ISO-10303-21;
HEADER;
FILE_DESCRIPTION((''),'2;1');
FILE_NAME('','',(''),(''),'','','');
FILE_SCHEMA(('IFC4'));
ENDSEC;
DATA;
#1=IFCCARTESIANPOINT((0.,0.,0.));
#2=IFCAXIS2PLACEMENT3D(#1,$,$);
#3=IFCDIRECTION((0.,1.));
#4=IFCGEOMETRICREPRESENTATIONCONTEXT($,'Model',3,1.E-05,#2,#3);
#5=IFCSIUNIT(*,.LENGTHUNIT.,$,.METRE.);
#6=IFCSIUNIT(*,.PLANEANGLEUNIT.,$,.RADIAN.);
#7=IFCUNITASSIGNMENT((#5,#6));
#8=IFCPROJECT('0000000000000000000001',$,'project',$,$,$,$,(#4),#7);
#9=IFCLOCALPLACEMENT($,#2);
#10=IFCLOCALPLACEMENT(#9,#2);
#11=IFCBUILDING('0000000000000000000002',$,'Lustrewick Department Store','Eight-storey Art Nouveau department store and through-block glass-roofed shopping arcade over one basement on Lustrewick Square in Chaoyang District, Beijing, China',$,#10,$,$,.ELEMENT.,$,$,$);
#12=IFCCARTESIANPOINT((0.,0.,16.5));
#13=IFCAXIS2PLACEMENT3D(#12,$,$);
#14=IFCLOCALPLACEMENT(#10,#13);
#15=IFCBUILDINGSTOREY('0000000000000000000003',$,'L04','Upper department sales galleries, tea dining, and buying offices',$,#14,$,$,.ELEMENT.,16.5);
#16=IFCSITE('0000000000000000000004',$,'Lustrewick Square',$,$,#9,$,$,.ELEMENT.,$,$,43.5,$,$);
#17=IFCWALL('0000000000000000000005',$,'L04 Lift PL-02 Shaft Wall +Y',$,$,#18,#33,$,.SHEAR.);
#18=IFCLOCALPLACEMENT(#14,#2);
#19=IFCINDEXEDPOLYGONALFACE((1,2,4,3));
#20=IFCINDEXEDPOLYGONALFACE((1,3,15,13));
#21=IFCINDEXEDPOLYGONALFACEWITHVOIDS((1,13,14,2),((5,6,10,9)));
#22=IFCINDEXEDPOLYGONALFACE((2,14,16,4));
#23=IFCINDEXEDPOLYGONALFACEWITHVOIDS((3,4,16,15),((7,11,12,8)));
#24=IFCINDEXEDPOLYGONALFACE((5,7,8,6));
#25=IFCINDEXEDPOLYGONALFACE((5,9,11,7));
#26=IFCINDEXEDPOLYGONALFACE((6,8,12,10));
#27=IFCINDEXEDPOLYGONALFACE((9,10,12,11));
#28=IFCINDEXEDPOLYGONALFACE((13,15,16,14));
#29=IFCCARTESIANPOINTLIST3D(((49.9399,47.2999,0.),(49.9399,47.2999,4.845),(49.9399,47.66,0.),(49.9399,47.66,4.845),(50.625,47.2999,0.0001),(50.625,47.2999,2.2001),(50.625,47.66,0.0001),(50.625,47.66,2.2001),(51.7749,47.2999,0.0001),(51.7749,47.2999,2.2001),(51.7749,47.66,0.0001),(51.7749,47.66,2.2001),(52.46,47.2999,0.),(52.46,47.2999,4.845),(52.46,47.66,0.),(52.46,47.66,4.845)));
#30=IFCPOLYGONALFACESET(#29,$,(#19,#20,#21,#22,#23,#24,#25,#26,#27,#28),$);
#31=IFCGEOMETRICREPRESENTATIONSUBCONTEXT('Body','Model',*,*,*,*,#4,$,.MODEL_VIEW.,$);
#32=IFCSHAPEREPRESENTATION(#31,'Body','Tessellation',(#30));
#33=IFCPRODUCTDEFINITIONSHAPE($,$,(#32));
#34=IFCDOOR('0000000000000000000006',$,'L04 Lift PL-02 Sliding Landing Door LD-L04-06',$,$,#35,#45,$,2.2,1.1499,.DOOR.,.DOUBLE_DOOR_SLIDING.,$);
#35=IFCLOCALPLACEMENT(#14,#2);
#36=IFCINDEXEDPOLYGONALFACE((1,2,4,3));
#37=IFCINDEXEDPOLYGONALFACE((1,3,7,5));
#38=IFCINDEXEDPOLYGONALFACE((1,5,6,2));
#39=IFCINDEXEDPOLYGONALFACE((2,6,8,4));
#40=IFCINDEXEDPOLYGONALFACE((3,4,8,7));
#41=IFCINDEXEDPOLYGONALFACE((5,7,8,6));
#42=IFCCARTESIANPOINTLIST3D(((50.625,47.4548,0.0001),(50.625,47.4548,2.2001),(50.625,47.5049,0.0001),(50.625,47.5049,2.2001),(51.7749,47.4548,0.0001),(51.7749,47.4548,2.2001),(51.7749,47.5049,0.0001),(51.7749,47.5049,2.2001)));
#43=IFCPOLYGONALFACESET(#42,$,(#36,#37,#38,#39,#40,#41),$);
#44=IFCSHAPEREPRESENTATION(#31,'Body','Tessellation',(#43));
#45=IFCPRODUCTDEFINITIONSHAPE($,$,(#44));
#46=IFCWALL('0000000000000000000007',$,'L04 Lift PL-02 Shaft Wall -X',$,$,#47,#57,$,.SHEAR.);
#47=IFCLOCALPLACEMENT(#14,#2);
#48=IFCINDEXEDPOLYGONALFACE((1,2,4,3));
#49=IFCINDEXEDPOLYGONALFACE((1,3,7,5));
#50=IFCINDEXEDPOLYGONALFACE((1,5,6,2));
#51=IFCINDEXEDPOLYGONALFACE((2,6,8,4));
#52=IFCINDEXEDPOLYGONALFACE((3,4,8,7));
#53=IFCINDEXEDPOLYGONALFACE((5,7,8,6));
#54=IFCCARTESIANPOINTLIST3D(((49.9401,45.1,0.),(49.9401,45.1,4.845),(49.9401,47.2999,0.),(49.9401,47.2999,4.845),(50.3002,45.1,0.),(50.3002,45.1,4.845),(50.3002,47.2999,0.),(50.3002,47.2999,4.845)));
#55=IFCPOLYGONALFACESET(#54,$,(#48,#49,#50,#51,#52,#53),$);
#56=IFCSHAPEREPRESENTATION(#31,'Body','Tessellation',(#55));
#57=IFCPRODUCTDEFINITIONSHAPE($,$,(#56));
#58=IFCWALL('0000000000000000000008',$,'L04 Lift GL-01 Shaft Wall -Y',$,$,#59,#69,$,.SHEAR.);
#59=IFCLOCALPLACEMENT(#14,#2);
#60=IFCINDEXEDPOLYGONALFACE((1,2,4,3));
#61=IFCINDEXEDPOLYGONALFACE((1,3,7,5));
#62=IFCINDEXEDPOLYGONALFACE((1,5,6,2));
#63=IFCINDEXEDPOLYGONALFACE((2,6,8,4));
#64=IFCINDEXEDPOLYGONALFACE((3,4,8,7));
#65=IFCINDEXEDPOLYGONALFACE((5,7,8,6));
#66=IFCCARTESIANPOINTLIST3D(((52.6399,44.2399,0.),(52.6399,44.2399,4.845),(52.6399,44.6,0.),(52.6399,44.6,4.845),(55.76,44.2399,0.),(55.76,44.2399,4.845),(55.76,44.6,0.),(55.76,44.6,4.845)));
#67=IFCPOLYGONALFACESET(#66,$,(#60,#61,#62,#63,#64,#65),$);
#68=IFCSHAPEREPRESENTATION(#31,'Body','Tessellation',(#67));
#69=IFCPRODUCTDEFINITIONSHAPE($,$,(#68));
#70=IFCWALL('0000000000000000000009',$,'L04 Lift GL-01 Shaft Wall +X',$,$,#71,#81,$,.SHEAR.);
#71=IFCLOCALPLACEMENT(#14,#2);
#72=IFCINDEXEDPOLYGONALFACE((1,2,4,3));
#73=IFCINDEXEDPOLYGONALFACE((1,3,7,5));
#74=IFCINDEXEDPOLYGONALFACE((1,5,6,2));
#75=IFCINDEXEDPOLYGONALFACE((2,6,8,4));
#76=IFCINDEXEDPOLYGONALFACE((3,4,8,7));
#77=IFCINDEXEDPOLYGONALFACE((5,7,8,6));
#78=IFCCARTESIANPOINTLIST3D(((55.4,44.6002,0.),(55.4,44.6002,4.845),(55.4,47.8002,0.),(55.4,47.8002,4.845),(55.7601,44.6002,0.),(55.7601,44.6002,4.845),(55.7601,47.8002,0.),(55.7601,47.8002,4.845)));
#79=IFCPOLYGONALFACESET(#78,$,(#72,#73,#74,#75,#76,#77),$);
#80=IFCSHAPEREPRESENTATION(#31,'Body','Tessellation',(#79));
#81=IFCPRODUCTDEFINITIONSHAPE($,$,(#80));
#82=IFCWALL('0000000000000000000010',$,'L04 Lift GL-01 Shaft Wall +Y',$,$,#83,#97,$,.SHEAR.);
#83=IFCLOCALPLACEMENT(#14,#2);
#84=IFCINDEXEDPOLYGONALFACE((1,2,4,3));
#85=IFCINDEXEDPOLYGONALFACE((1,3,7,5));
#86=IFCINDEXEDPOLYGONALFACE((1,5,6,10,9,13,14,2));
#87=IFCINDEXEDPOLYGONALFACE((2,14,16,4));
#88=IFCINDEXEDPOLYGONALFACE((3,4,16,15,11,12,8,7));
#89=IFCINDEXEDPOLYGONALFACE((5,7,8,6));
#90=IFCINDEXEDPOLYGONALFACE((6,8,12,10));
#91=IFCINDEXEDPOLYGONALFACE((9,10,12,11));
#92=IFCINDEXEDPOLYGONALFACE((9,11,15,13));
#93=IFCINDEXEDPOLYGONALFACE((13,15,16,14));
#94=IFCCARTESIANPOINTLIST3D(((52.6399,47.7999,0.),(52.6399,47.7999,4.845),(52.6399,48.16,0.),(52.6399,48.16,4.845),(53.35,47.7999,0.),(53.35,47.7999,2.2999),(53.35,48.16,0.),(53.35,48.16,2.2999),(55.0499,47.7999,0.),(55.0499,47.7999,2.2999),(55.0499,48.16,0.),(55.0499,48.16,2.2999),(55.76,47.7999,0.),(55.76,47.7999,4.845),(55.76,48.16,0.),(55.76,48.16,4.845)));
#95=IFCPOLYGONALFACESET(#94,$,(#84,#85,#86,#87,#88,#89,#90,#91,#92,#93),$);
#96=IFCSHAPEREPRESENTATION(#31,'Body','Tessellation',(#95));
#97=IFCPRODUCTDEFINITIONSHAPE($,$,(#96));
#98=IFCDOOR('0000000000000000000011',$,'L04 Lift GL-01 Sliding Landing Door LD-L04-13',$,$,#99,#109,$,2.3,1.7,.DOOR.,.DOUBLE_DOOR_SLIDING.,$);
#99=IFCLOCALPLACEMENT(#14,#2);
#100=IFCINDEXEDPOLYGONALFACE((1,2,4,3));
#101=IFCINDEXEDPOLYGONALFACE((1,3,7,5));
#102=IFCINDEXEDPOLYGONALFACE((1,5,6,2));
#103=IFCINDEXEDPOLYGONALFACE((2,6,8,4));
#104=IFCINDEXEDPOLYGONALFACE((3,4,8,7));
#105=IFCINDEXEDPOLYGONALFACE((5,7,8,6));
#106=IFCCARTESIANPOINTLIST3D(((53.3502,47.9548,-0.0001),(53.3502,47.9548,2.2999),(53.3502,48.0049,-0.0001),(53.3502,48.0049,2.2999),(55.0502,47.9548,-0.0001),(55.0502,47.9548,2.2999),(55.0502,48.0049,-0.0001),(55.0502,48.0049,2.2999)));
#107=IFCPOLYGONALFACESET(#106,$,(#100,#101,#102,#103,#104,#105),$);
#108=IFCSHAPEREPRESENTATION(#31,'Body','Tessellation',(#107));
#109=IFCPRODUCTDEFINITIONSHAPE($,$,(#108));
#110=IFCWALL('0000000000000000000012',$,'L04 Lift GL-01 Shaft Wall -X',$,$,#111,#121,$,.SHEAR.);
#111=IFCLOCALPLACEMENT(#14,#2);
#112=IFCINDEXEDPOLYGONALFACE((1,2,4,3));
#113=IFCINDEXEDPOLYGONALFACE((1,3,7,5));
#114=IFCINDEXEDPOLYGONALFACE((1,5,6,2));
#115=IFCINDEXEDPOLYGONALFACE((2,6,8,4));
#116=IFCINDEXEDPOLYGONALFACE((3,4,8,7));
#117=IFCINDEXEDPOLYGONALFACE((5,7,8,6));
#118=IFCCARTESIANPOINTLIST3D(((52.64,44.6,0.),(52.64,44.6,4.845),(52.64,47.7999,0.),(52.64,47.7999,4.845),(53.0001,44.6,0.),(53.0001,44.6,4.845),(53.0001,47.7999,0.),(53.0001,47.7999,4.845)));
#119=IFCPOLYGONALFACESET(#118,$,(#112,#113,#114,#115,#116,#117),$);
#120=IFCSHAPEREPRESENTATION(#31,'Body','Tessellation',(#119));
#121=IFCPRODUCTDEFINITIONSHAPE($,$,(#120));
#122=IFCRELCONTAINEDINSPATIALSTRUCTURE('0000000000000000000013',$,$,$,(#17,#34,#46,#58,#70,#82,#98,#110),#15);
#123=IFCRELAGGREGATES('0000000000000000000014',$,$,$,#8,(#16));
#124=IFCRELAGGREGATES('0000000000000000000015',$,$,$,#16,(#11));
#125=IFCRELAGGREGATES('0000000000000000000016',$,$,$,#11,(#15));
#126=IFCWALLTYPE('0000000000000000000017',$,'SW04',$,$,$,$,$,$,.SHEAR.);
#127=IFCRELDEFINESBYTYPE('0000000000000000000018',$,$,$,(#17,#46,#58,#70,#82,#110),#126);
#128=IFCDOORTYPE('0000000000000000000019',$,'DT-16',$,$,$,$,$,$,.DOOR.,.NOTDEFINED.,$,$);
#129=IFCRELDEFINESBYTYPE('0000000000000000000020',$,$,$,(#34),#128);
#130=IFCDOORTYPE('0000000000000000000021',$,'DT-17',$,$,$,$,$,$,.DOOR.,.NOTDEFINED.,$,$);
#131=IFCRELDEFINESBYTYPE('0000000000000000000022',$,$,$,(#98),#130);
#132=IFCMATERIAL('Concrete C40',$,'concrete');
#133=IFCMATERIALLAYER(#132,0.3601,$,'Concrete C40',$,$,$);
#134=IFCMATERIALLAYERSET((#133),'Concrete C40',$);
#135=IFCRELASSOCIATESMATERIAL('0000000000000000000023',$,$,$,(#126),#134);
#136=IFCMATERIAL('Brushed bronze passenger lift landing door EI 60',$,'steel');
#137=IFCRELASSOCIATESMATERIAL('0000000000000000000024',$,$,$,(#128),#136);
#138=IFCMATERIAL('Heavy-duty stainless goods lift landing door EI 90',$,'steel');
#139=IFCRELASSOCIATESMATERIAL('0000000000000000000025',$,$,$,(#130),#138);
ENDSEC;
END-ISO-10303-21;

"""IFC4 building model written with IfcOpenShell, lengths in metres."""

from ifc_helpers import new_model, si_unit, direction, frame, frame_2d, origin, place, context, subcontext, project, spatial, rectangle, extrude, material, layer, layer_set, type_object, element, fill, save


model = new_model("IFC4")

# Units and contexts
model_context = context("Model", 3, precision=1e-05, world=origin(), true_north=direction((0.0, 1.0)))
body_context = subcontext(model_context, "Body", "Model", "MODEL_VIEW")
ifc_project = project(units=[si_unit("LENGTHUNIT", "METRE"), si_unit("PLANEANGLEUNIT", "RADIAN")], contexts=[model_context])

# Site, building, storey
site_placement = place(None, origin())
site = spatial("IfcSite", under=ifc_project, at=site_placement, Name="Lustrewick Square", CompositionType="ELEMENT", RefElevation=43.5)
building_placement = place(site_placement, origin())
building = spatial("IfcBuilding", under=site, at=building_placement, Name="Lustrewick Department Store", Description="Eight-storey Art Nouveau department store and through-block glass-roofed shopping arcade over one basement on Lustrewick Square in Chaoyang District, Beijing, China", CompositionType="ELEMENT")
storey_placement = place(building_placement, frame((0.0, 0.0, 16.5)))
storey = spatial("IfcBuildingStorey", under=building, at=storey_placement, Name="L04", Description="Upper department sales galleries, tea dining, and buying offices", CompositionType="ELEMENT", Elevation=16.5)

# Shared definitions
ifc_material_1 = material(Name="Concrete C40", Category="concrete")
ifc_layer_1 = layer(ifc_material_1, 0.3601, Name="Concrete C40")
ifc_layer_set_1 = layer_set([ifc_layer_1], Name="Concrete C40")
wall_type_1 = type_object("IfcWallType", Name="SW04", PredefinedType="SHEAR", material=ifc_layer_set_1)

# Shared definitions
ifc_material_2 = material(Name="Brushed bronze passenger lift landing door EI 60", Category="steel")
door_type_1 = type_object("IfcDoorType", Name="DT-16", OperationType="NOTDEFINED", PredefinedType="DOOR", material=ifc_material_2)

# Wall, opening, door
wall_1_placement = place(storey_placement, frame((52.46, 47.48, 0.0), z_axis=(0.0, 0.0, 1.0), x_axis=(-1.0, 0.0, 0.0)))
wall_1 = element("IfcWall", 1, at=wall_1_placement, inside=storey, type_object=wall_type_1, Name="L04 Lift PL-02 Shaft Wall +Y", PredefinedType="SHEAR", context=body_context, shape_type="SweptSolid", body=[
    extrude(rectangle(XDim=2.52, YDim=0.3601, at=frame_2d((1.26, 0.0))), origin(), (0.0, 0.0, 1.0), 4.845),
])
opening_1_placement = place(wall_1_placement, frame((0.6851, 0.0, 0.0)))
opening_1 = element("IfcOpeningElement", 2, at=opening_1_placement, cuts=wall_1, PredefinedType="OPENING", context=body_context, shape_type="SweptSolid", body=[
    extrude(rectangle(XDim=1.1499, YDim=2.2, at=frame_2d((0.575, 1.1001))), frame((0.0, 0.1899, 0.0), z_axis=(0.0, -1.0, 0.0), x_axis=(1.0, 0.0, 0.0)), (0.0, 0.0, 1.0), 0.3801),
])
door_1_placement = place(opening_1_placement, frame((1.1499, 0.0, 0.0), z_axis=(0.0, 0.0, 1.0), x_axis=(-1.0, 0.0, 0.0)))
door_1 = element("IfcDoor", 3, at=door_1_placement, inside=storey, type_object=door_type_1, Name="L04 Lift PL-02 Sliding Landing Door LD-L04-06", OperationType="DOUBLE_DOOR_SLIDING", OverallHeight=2.2, OverallWidth=1.1499, PredefinedType="DOOR", context=body_context, shape_type="SweptSolid", body=[
    extrude(rectangle(XDim=1.1499, YDim=2.2, at=frame_2d((0.575, 1.1001))), frame((0.0, 0.0249, 0.0), z_axis=(0.0, -1.0, 0.0), x_axis=(1.0, 0.0, 0.0)), (0.0, 0.0, 1.0), 0.05),
])
fill(opening_1, door_1)

# Walls
wall_2_placement = place(storey_placement, frame((50.1201, 47.3, 0.0), z_axis=(0.0, 0.0, 1.0), x_axis=(0.0, -1.0, 0.0)))
element("IfcWall", 4, at=wall_2_placement, inside=storey, type_object=wall_type_1, Name="L04 Lift PL-02 Shaft Wall -X", PredefinedType="SHEAR", context=body_context, shape_type="SweptSolid", body=[
    extrude(rectangle(XDim=2.2, YDim=0.3601, at=frame_2d((1.1001, 0.0))), origin(), (0.0, 0.0, 1.0), 4.845),
])
wall_3_placement = place(storey_placement, frame((52.6399, 44.4199, 0.0), z_axis=(0.0, 0.0, 1.0), x_axis=(1.0, 0.0, 0.0)))
element("IfcWall", 5, at=wall_3_placement, inside=storey, type_object=wall_type_1, Name="L04 Lift GL-01 Shaft Wall -Y", PredefinedType="SHEAR", context=body_context, shape_type="SweptSolid", body=[
    extrude(rectangle(XDim=3.1201, YDim=0.3601, at=frame_2d((1.5601, 0.0))), origin(), (0.0, 0.0, 1.0), 4.845),
])
wall_4_placement = place(storey_placement, frame((55.5801, 44.6001, 0.0), z_axis=(0.0, 0.0, 1.0), x_axis=(0.0, 1.0, 0.0)))
element("IfcWall", 6, at=wall_4_placement, inside=storey, type_object=wall_type_1, Name="L04 Lift GL-01 Shaft Wall +X", PredefinedType="SHEAR", context=body_context, shape_type="SweptSolid", body=[
    extrude(rectangle(XDim=3.2, YDim=0.3601, at=frame_2d((1.6001, 0.0))), origin(), (0.0, 0.0, 1.0), 4.845),
])

# Wall, opening, door
wall_5_placement = place(storey_placement, frame((55.76, 47.98, 0.0), z_axis=(0.0, 0.0, 1.0), x_axis=(-1.0, 0.0, 0.0)))
wall_5 = element("IfcWall", 7, at=wall_5_placement, inside=storey, type_object=wall_type_1, Name="L04 Lift GL-01 Shaft Wall +Y", PredefinedType="SHEAR", context=body_context, shape_type="SweptSolid", body=[
    extrude(rectangle(XDim=3.1201, YDim=0.3601, at=frame_2d((1.5601, 0.0))), origin(), (0.0, 0.0, 1.0), 4.845),
])
opening_2_placement = place(wall_5_placement, frame((0.71, 0.0, 0.0)))
opening_2 = element("IfcOpeningElement", 8, at=opening_2_placement, cuts=wall_5, PredefinedType="OPENING", context=body_context, shape_type="SweptSolid", body=[
    extrude(rectangle(XDim=1.7, YDim=2.3, at=frame_2d((0.8501, 1.1499))), frame((0.0, 0.1899, 0.0), z_axis=(0.0, -1.0, 0.0), x_axis=(1.0, 0.0, 0.0)), (0.0, 0.0, 1.0), 0.3801),
])
ifc_material_3 = material(Name="Heavy-duty stainless goods lift landing door EI 90", Category="steel")
door_type_2 = type_object("IfcDoorType", Name="DT-17", OperationType="NOTDEFINED", PredefinedType="DOOR", material=ifc_material_3)
door_2_placement = place(opening_2_placement, frame((1.7, 0.0, 0.0), z_axis=(0.0, 0.0, 1.0), x_axis=(-1.0, 0.0, 0.0)))
door_2 = element("IfcDoor", 9, at=door_2_placement, inside=storey, type_object=door_type_2, Name="L04 Lift GL-01 Sliding Landing Door LD-L04-13", OperationType="DOUBLE_DOOR_SLIDING", OverallHeight=2.3, OverallWidth=1.7, PredefinedType="DOOR", context=body_context, shape_type="SweptSolid", body=[
    extrude(rectangle(XDim=1.7, YDim=2.3, at=frame_2d((0.8501, 1.1499))), frame((0.0, 0.0249, 0.0), z_axis=(0.0, -1.0, 0.0), x_axis=(1.0, 0.0, 0.0)), (0.0, 0.0, 1.0), 0.05),
])
fill(opening_2, door_2)

# Wall
wall_6_placement = place(storey_placement, frame((52.8201, 47.8, 0.0), z_axis=(0.0, 0.0, 1.0), x_axis=(0.0, -1.0, 0.0)))
element("IfcWall", 10, at=wall_6_placement, inside=storey, type_object=wall_type_1, Name="L04 Lift GL-01 Shaft Wall -X", PredefinedType="SHEAR", context=body_context, shape_type="SweptSolid", body=[
    extrude(rectangle(XDim=3.2, YDim=0.3601, at=frame_2d((1.6001, 0.0))), origin(), (0.0, 0.0, 1.0), 4.845),
])

save(model, "model.ifc")
